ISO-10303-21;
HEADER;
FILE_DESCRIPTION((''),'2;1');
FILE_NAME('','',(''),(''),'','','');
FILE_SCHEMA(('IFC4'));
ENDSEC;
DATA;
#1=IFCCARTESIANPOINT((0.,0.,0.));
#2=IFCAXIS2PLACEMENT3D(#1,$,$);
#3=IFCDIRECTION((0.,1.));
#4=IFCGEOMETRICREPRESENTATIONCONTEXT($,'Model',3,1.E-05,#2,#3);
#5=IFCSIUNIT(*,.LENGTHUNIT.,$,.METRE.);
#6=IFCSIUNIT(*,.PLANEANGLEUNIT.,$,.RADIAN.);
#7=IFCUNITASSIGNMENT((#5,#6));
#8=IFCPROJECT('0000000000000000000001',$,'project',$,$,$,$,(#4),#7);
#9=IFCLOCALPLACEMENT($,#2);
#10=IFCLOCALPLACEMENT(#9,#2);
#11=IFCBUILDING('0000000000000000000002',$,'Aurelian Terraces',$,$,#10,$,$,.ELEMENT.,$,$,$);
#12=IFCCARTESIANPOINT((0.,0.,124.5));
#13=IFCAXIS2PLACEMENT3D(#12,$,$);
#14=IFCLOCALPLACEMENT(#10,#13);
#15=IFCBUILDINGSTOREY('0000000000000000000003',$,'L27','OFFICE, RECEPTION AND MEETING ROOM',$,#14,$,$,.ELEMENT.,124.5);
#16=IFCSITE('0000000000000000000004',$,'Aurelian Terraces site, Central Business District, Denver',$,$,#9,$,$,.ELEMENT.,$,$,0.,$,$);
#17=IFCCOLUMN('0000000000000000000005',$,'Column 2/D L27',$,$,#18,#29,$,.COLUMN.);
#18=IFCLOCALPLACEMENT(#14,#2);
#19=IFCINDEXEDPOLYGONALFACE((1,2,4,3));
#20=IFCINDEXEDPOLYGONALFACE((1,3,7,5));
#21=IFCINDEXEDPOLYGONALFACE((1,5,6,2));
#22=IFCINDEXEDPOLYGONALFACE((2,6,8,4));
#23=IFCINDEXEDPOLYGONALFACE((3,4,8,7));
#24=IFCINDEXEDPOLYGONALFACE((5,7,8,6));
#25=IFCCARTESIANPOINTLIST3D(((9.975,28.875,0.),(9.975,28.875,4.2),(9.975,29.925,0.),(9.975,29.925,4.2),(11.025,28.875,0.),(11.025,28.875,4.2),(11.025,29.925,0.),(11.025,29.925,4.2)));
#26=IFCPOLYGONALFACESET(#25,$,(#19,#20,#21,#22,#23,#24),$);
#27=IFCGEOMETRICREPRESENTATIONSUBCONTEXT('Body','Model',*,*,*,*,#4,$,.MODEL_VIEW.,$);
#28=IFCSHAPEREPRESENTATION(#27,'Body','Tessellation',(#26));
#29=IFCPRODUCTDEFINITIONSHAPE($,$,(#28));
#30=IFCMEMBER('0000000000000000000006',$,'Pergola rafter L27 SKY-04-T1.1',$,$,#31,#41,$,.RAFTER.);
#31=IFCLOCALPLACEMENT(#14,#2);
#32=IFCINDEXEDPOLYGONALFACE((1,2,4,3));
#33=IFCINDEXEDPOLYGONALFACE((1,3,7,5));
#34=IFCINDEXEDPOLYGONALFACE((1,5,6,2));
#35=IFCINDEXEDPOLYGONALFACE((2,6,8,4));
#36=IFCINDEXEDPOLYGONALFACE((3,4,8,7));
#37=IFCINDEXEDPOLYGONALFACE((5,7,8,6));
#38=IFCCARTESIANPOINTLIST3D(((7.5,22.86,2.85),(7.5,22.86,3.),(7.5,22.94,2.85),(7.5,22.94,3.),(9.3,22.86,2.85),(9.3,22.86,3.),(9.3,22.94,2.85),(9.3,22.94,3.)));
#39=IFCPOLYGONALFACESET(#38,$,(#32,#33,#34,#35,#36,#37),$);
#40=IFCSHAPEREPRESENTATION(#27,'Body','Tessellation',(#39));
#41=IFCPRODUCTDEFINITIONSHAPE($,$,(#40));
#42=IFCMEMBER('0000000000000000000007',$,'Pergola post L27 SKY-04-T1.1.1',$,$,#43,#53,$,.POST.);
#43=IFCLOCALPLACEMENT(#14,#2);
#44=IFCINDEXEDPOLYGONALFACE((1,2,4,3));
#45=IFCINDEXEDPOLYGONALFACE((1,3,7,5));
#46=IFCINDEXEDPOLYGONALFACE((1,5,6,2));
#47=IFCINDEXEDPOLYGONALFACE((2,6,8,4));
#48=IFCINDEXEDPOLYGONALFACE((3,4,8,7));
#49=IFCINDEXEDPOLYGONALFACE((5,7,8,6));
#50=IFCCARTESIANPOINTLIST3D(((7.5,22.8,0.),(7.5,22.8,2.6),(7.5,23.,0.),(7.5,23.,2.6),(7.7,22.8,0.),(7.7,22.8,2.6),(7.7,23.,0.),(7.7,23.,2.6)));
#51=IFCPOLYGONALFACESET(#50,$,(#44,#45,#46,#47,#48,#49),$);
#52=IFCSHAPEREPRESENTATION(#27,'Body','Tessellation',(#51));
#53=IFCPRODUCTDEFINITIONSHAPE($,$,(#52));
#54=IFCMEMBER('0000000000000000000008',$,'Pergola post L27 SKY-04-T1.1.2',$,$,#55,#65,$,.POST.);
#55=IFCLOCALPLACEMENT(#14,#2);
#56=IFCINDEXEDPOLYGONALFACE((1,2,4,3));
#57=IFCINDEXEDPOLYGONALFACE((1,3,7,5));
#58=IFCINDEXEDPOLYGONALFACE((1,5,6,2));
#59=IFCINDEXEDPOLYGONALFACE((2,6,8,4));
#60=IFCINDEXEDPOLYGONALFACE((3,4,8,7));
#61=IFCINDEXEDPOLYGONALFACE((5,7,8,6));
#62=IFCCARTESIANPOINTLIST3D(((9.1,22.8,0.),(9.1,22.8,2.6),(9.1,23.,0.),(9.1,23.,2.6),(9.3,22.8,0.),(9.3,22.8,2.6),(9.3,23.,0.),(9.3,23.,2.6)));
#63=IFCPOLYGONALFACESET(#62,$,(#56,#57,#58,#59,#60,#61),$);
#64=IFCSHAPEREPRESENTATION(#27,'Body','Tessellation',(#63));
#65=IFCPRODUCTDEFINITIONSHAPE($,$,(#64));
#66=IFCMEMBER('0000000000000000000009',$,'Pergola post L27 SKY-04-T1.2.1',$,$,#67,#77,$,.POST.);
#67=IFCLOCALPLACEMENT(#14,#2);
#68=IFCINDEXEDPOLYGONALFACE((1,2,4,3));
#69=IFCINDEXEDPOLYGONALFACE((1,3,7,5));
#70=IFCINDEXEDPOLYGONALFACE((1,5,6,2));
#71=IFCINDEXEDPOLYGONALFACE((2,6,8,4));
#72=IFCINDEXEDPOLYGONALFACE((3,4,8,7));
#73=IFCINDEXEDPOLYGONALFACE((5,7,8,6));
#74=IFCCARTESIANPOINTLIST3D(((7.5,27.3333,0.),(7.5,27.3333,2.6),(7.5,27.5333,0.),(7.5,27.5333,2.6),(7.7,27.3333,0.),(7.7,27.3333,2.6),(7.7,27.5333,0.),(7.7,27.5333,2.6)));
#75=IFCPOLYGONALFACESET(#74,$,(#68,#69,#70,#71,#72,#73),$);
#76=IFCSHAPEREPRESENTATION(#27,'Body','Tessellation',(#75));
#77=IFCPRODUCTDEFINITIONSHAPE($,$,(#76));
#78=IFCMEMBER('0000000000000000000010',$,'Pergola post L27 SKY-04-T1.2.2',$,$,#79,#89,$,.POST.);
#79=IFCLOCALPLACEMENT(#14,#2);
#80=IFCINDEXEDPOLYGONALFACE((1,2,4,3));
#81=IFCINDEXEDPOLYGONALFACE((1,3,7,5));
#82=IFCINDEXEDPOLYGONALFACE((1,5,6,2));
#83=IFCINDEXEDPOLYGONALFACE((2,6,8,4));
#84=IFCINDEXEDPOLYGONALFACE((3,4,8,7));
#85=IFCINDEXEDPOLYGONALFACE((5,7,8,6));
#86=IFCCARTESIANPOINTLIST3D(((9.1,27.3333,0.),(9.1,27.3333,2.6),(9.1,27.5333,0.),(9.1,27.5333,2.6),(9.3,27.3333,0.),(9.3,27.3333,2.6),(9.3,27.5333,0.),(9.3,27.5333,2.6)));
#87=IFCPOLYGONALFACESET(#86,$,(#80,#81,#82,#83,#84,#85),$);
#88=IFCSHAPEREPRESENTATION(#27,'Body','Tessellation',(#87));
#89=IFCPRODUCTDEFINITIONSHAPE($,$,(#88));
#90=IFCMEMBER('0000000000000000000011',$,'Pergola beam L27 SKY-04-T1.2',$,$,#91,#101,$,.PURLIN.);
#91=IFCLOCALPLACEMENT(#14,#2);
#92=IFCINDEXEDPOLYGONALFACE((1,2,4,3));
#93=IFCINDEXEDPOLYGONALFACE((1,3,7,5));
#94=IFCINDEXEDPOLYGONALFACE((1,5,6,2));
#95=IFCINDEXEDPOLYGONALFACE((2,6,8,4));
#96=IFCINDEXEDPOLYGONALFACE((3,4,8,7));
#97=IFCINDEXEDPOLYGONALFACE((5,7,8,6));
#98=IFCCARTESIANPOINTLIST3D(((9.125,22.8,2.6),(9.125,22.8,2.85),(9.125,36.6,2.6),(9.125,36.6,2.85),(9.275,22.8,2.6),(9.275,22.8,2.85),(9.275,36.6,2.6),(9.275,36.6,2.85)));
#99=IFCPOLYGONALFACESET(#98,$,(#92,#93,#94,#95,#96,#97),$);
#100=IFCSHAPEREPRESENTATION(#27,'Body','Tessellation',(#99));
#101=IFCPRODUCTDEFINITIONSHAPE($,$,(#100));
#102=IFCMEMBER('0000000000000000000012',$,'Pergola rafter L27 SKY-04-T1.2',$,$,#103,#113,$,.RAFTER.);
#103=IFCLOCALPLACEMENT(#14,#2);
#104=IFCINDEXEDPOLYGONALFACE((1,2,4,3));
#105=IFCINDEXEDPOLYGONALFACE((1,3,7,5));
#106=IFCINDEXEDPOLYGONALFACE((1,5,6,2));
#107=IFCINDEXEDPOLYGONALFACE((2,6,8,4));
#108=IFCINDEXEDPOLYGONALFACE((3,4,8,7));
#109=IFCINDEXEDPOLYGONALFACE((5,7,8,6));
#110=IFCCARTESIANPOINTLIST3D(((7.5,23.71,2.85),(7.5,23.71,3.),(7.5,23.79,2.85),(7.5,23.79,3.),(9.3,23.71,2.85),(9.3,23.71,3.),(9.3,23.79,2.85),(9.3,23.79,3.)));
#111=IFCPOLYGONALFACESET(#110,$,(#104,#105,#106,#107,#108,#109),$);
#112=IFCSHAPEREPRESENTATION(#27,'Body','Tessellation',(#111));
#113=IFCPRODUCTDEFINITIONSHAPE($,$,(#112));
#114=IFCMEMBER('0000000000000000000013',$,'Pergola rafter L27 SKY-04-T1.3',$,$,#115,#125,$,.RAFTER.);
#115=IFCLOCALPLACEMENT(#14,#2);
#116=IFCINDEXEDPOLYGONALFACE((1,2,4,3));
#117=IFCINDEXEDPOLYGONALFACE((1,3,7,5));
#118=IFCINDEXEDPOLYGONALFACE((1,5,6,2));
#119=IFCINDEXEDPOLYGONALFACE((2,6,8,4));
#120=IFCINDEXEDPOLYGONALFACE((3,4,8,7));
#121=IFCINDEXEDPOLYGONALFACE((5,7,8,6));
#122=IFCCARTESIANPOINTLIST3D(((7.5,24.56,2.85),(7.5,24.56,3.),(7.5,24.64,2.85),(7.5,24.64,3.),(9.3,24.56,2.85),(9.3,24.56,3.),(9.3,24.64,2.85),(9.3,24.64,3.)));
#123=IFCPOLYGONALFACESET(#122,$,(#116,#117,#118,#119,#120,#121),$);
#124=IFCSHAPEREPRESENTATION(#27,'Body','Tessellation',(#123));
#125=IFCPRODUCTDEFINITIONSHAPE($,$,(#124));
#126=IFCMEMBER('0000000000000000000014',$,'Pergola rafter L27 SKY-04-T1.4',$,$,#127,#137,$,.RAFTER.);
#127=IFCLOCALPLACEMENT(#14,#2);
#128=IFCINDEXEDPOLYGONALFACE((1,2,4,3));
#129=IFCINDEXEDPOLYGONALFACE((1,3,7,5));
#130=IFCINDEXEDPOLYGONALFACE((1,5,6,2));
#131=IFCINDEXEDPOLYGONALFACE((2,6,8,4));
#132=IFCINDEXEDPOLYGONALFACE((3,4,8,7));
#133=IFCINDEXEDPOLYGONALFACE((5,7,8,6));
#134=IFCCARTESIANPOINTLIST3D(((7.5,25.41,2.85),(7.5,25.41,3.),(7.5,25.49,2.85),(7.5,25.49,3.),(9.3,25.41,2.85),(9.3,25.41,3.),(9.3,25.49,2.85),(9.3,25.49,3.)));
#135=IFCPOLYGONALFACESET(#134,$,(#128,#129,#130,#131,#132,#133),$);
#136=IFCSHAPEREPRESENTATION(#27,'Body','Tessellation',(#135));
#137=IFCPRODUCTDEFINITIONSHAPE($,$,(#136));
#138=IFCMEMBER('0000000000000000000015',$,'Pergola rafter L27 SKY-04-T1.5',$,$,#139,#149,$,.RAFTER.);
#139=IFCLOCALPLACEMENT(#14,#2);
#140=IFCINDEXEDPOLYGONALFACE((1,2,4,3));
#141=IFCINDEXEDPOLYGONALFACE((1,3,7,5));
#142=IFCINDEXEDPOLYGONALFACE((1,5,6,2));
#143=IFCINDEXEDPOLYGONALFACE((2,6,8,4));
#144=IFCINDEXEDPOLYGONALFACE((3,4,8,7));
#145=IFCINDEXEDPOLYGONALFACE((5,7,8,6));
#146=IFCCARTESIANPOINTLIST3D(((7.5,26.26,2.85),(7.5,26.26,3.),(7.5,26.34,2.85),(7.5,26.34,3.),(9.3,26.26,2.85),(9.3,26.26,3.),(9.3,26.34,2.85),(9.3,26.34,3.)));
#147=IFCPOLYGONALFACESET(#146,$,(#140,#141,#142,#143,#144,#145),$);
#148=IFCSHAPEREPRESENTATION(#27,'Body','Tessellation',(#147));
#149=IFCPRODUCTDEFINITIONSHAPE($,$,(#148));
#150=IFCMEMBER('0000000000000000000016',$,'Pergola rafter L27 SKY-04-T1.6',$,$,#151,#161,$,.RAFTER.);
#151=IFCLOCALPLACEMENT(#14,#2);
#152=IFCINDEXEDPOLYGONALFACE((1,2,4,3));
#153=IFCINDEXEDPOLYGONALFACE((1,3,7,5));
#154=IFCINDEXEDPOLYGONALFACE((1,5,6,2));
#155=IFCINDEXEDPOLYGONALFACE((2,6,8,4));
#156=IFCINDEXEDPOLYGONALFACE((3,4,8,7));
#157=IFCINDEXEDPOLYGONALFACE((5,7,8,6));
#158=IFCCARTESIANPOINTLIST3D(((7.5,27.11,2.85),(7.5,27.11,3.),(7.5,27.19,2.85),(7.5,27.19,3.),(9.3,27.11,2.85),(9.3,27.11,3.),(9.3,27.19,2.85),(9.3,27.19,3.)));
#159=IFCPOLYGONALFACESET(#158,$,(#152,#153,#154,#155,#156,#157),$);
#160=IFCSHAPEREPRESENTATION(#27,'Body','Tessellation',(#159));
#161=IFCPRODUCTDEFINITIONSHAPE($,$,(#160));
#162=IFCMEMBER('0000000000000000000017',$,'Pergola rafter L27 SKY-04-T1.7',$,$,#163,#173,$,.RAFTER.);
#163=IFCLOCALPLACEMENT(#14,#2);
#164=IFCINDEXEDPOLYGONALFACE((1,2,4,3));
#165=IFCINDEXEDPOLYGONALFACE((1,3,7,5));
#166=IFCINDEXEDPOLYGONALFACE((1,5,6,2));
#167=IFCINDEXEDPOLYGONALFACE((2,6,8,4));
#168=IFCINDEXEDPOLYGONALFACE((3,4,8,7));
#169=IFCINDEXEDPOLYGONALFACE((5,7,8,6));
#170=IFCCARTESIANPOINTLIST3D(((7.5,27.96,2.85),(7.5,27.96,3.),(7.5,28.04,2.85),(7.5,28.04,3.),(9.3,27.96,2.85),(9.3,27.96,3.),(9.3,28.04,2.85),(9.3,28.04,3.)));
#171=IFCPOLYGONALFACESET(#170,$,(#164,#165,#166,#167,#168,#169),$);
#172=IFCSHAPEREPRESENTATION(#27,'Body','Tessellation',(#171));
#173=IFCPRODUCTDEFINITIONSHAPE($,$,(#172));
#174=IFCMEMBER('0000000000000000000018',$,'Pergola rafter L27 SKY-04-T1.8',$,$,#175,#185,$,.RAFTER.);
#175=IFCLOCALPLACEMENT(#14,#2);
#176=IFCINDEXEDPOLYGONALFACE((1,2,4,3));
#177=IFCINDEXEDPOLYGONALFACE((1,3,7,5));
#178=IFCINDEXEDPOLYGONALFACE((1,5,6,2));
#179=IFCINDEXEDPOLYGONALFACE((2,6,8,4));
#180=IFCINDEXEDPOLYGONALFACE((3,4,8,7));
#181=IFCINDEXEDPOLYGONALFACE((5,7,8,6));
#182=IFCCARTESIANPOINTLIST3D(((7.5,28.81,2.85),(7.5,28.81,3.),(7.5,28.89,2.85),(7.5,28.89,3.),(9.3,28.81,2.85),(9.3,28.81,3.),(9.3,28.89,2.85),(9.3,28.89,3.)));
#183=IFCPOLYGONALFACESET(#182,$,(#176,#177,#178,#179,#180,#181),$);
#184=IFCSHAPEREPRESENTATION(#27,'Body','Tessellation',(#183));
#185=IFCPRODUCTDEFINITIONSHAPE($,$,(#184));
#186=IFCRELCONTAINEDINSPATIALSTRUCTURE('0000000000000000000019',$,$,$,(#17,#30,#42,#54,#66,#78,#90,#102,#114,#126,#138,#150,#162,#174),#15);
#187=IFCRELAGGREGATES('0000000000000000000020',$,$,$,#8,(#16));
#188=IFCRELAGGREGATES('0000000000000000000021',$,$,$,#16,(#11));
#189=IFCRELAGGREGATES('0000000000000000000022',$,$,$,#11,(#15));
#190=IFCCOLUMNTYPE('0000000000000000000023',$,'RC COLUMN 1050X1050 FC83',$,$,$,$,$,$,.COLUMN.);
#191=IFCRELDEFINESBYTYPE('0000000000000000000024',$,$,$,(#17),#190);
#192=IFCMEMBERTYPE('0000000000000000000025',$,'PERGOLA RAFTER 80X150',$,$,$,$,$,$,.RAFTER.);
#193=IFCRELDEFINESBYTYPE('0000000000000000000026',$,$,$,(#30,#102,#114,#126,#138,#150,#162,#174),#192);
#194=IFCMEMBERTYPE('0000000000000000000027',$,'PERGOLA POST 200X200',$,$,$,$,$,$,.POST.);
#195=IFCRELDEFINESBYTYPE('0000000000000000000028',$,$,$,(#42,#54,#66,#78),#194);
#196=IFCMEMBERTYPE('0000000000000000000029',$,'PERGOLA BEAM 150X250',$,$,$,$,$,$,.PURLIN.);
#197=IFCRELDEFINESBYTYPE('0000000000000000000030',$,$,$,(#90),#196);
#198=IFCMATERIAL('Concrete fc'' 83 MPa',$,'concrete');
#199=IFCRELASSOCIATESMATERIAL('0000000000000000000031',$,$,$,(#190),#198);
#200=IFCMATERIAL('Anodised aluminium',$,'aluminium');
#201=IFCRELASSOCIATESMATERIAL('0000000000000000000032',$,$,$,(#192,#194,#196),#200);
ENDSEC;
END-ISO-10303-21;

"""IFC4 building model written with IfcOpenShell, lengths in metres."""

from ifc_helpers import new_model, si_unit, direction, frame, origin, origin_2d, place, context, subcontext, project, spatial, rectangle, extrude, source, transform, mapped, material, material_profile, profile_set, type_object, element, save


model = new_model("IFC4")

# Units and contexts
model_context = context("Model", 3, precision=1e-05, world=origin(), true_north=direction((0.0, 1.0)))
body_context = subcontext(model_context, "Body", "Model", "MODEL_VIEW")
ifc_project = project(units=[si_unit("LENGTHUNIT", "METRE"), si_unit("PLANEANGLEUNIT", "RADIAN")], contexts=[model_context])

# Site, building, storey
site_placement = place(None, origin())
site = spatial("IfcSite", under=ifc_project, at=site_placement, Name="Aurelian Terraces site, Central Business District, Denver", CompositionType="ELEMENT", RefElevation=0.0)
building_placement = place(site_placement, origin())
building = spatial("IfcBuilding", under=site, at=building_placement, Name="Aurelian Terraces", CompositionType="ELEMENT")
storey_placement = place(building_placement, frame((0.0, 0.0, 124.5)))
storey = spatial("IfcBuildingStorey", under=building, at=storey_placement, Name="L27", Description="OFFICE, RECEPTION AND MEETING ROOM", CompositionType="ELEMENT", Elevation=124.5)

# Column
ifc_material_1 = material(Name="Concrete fc' 83 MPa", Category="concrete")
ifc_material_profile_1 = material_profile(ifc_material_1, rectangle(XDim=1.05, YDim=1.05, at=origin_2d()))
ifc_profile_set_1 = profile_set([ifc_material_profile_1], Name="Concrete fc' 83 MPa")
column_type = type_object("IfcColumnType", Name="RC COLUMN 1050X1050 FC83", PredefinedType="COLUMN", material=ifc_profile_set_1)
shared_shape_1 = source(origin(), body_context, "Body", "SweptSolid", [
    extrude(rectangle(XDim=1.05, YDim=1.05, at=origin_2d()), origin(), (0.0, 0.0, 1.0), 4.2),
])
column_placement = place(storey_placement, frame((10.5, 29.4, 0.0), z_axis=(0.0, 0.0, 1.0), x_axis=(1.0, 0.0, 0.0)))
element("IfcColumn", 1, at=column_placement, inside=storey, type_object=column_type, Name="Column 2/D L27", PredefinedType="COLUMN", context=body_context, shape_type="MappedRepresentation", body=[
    mapped(shared_shape_1, transform((0.0, 0.0, 0.0), scale=1.0)),
])

# Members
ifc_material_2 = material(Name="Anodised aluminium", Category="aluminium")
ifc_material_profile_2 = material_profile(ifc_material_2, rectangle(XDim=0.08, YDim=0.15, at=origin_2d()))
ifc_profile_set_2 = profile_set([ifc_material_profile_2], Name="Anodised aluminium")
member_type_1 = type_object("IfcMemberType", Name="PERGOLA RAFTER 80X150", PredefinedType="RAFTER", material=ifc_profile_set_2)
member_1_placement = place(storey_placement, frame((7.5, 22.9, 2.925), z_axis=(1.0, 0.0, 0.0), x_axis=(0.0, 1.0, 0.0)))
element("IfcMember", 2, at=member_1_placement, inside=storey, type_object=member_type_1, Name="Pergola rafter L27 SKY-04-T1.1", PredefinedType="RAFTER", context=body_context, shape_type="SweptSolid", body=[
    extrude(rectangle(XDim=0.08, YDim=0.15, at=origin_2d()), origin(), (0.0, 0.0, 1.0), 1.8),
])
ifc_material_profile_3 = material_profile(ifc_material_2, rectangle(XDim=0.2, YDim=0.2, at=origin_2d()))
ifc_profile_set_3 = profile_set([ifc_material_profile_3], Name="Anodised aluminium")
member_type_2 = type_object("IfcMemberType", Name="PERGOLA POST 200X200", PredefinedType="POST", material=ifc_profile_set_3)
shared_shape_2 = source(origin(), body_context, "Body", "SweptSolid", [
    extrude(rectangle(XDim=0.2, YDim=0.2, at=origin_2d()), origin(), (0.0, 0.0, 1.0), 2.6),
])
for number, where, z_axis, x_axis, name in (
    (3, (7.6, 22.9, 0.0), (0.0, 0.0, 1.0), (1.0, 0.0, 0.0), "Pergola post L27 SKY-04-T1.1.1"),
    (4, (9.2, 22.9, 0.0), (0.0, 0.0, 1.0), (1.0, 0.0, 0.0), "Pergola post L27 SKY-04-T1.1.2"),
    (5, (7.6, 27.4333, 0.0), (0.0, 0.0, 1.0), (1.0, 0.0, 0.0), "Pergola post L27 SKY-04-T1.2.1"),
    (6, (9.2, 27.4333, 0.0), (0.0, 0.0, 1.0), (1.0, 0.0, 0.0), "Pergola post L27 SKY-04-T1.2.2"),
):
    element("IfcMember", number, at=place(storey_placement, frame(where, z_axis=z_axis, x_axis=x_axis)), inside=storey, type_object=member_type_2, Name=name, PredefinedType="POST", context=body_context, shape_type="MappedRepresentation", body=[
        mapped(shared_shape_2, transform((0.0, 0.0, 0.0), scale=1.0)),
    ])
ifc_material_profile_4 = material_profile(ifc_material_2, rectangle(XDim=0.15, YDim=0.25, at=origin_2d()))
ifc_profile_set_4 = profile_set([ifc_material_profile_4], Name="Anodised aluminium")
member_type_3 = type_object("IfcMemberType", Name="PERGOLA BEAM 150X250", PredefinedType="PURLIN", material=ifc_profile_set_4)
shared_shape_3 = source(origin(), body_context, "Body", "SweptSolid", [
    extrude(rectangle(XDim=0.15, YDim=0.25, at=origin_2d()), origin(), (0.0, 0.0, 1.0), 13.8),
])
member_2_placement = place(storey_placement, frame((9.2, 22.8, 2.725), z_axis=(0.0, 1.0, 0.0), x_axis=(-1.0, 0.0, 0.0)))
element("IfcMember", 7, at=member_2_placement, inside=storey, type_object=member_type_3, Name="Pergola beam L27 SKY-04-T1.2", PredefinedType="PURLIN", context=body_context, shape_type="MappedRepresentation", body=[
    mapped(shared_shape_3, transform((0.0, 0.0, 0.0), scale=1.0)),
])
shared_shape_4 = source(origin(), body_context, "Body", "SweptSolid", [
    extrude(rectangle(XDim=0.08, YDim=0.15, at=origin_2d()), origin(), (0.0, 0.0, 1.0), 1.8),
])
for number, where, z_axis, x_axis, name in (
    (8, (7.5, 23.75, 2.925), (1.0, 0.0, 0.0), (0.0, 1.0, 0.0), "Pergola rafter L27 SKY-04-T1.2"),
    (9, (7.5, 24.6, 2.925), (1.0, 0.0, 0.0), (0.0, 1.0, 0.0), "Pergola rafter L27 SKY-04-T1.3"),
    (10, (7.5, 25.45, 2.925), (1.0, 0.0, 0.0), (0.0, 1.0, 0.0), "Pergola rafter L27 SKY-04-T1.4"),
    (11, (7.5, 26.3, 2.925), (1.0, 0.0, 0.0), (0.0, 1.0, 0.0), "Pergola rafter L27 SKY-04-T1.5"),
    (12, (7.5, 27.15, 2.925), (1.0, 0.0, 0.0), (0.0, 1.0, 0.0), "Pergola rafter L27 SKY-04-T1.6"),
    (13, (7.5, 28.0, 2.925), (1.0, 0.0, 0.0), (0.0, 1.0, 0.0), "Pergola rafter L27 SKY-04-T1.7"),
    (14, (7.5, 28.85, 2.925), (1.0, 0.0, 0.0), (0.0, 1.0, 0.0), "Pergola rafter L27 SKY-04-T1.8"),
):
    element("IfcMember", number, at=place(storey_placement, frame(where, z_axis=z_axis, x_axis=x_axis)), inside=storey, type_object=member_type_1, Name=name, PredefinedType="RAFTER", context=body_context, shape_type="MappedRepresentation", body=[
        mapped(shared_shape_4, transform((0.0, 0.0, 0.0), scale=1.0)),
    ])

save(model, "model.ifc")
